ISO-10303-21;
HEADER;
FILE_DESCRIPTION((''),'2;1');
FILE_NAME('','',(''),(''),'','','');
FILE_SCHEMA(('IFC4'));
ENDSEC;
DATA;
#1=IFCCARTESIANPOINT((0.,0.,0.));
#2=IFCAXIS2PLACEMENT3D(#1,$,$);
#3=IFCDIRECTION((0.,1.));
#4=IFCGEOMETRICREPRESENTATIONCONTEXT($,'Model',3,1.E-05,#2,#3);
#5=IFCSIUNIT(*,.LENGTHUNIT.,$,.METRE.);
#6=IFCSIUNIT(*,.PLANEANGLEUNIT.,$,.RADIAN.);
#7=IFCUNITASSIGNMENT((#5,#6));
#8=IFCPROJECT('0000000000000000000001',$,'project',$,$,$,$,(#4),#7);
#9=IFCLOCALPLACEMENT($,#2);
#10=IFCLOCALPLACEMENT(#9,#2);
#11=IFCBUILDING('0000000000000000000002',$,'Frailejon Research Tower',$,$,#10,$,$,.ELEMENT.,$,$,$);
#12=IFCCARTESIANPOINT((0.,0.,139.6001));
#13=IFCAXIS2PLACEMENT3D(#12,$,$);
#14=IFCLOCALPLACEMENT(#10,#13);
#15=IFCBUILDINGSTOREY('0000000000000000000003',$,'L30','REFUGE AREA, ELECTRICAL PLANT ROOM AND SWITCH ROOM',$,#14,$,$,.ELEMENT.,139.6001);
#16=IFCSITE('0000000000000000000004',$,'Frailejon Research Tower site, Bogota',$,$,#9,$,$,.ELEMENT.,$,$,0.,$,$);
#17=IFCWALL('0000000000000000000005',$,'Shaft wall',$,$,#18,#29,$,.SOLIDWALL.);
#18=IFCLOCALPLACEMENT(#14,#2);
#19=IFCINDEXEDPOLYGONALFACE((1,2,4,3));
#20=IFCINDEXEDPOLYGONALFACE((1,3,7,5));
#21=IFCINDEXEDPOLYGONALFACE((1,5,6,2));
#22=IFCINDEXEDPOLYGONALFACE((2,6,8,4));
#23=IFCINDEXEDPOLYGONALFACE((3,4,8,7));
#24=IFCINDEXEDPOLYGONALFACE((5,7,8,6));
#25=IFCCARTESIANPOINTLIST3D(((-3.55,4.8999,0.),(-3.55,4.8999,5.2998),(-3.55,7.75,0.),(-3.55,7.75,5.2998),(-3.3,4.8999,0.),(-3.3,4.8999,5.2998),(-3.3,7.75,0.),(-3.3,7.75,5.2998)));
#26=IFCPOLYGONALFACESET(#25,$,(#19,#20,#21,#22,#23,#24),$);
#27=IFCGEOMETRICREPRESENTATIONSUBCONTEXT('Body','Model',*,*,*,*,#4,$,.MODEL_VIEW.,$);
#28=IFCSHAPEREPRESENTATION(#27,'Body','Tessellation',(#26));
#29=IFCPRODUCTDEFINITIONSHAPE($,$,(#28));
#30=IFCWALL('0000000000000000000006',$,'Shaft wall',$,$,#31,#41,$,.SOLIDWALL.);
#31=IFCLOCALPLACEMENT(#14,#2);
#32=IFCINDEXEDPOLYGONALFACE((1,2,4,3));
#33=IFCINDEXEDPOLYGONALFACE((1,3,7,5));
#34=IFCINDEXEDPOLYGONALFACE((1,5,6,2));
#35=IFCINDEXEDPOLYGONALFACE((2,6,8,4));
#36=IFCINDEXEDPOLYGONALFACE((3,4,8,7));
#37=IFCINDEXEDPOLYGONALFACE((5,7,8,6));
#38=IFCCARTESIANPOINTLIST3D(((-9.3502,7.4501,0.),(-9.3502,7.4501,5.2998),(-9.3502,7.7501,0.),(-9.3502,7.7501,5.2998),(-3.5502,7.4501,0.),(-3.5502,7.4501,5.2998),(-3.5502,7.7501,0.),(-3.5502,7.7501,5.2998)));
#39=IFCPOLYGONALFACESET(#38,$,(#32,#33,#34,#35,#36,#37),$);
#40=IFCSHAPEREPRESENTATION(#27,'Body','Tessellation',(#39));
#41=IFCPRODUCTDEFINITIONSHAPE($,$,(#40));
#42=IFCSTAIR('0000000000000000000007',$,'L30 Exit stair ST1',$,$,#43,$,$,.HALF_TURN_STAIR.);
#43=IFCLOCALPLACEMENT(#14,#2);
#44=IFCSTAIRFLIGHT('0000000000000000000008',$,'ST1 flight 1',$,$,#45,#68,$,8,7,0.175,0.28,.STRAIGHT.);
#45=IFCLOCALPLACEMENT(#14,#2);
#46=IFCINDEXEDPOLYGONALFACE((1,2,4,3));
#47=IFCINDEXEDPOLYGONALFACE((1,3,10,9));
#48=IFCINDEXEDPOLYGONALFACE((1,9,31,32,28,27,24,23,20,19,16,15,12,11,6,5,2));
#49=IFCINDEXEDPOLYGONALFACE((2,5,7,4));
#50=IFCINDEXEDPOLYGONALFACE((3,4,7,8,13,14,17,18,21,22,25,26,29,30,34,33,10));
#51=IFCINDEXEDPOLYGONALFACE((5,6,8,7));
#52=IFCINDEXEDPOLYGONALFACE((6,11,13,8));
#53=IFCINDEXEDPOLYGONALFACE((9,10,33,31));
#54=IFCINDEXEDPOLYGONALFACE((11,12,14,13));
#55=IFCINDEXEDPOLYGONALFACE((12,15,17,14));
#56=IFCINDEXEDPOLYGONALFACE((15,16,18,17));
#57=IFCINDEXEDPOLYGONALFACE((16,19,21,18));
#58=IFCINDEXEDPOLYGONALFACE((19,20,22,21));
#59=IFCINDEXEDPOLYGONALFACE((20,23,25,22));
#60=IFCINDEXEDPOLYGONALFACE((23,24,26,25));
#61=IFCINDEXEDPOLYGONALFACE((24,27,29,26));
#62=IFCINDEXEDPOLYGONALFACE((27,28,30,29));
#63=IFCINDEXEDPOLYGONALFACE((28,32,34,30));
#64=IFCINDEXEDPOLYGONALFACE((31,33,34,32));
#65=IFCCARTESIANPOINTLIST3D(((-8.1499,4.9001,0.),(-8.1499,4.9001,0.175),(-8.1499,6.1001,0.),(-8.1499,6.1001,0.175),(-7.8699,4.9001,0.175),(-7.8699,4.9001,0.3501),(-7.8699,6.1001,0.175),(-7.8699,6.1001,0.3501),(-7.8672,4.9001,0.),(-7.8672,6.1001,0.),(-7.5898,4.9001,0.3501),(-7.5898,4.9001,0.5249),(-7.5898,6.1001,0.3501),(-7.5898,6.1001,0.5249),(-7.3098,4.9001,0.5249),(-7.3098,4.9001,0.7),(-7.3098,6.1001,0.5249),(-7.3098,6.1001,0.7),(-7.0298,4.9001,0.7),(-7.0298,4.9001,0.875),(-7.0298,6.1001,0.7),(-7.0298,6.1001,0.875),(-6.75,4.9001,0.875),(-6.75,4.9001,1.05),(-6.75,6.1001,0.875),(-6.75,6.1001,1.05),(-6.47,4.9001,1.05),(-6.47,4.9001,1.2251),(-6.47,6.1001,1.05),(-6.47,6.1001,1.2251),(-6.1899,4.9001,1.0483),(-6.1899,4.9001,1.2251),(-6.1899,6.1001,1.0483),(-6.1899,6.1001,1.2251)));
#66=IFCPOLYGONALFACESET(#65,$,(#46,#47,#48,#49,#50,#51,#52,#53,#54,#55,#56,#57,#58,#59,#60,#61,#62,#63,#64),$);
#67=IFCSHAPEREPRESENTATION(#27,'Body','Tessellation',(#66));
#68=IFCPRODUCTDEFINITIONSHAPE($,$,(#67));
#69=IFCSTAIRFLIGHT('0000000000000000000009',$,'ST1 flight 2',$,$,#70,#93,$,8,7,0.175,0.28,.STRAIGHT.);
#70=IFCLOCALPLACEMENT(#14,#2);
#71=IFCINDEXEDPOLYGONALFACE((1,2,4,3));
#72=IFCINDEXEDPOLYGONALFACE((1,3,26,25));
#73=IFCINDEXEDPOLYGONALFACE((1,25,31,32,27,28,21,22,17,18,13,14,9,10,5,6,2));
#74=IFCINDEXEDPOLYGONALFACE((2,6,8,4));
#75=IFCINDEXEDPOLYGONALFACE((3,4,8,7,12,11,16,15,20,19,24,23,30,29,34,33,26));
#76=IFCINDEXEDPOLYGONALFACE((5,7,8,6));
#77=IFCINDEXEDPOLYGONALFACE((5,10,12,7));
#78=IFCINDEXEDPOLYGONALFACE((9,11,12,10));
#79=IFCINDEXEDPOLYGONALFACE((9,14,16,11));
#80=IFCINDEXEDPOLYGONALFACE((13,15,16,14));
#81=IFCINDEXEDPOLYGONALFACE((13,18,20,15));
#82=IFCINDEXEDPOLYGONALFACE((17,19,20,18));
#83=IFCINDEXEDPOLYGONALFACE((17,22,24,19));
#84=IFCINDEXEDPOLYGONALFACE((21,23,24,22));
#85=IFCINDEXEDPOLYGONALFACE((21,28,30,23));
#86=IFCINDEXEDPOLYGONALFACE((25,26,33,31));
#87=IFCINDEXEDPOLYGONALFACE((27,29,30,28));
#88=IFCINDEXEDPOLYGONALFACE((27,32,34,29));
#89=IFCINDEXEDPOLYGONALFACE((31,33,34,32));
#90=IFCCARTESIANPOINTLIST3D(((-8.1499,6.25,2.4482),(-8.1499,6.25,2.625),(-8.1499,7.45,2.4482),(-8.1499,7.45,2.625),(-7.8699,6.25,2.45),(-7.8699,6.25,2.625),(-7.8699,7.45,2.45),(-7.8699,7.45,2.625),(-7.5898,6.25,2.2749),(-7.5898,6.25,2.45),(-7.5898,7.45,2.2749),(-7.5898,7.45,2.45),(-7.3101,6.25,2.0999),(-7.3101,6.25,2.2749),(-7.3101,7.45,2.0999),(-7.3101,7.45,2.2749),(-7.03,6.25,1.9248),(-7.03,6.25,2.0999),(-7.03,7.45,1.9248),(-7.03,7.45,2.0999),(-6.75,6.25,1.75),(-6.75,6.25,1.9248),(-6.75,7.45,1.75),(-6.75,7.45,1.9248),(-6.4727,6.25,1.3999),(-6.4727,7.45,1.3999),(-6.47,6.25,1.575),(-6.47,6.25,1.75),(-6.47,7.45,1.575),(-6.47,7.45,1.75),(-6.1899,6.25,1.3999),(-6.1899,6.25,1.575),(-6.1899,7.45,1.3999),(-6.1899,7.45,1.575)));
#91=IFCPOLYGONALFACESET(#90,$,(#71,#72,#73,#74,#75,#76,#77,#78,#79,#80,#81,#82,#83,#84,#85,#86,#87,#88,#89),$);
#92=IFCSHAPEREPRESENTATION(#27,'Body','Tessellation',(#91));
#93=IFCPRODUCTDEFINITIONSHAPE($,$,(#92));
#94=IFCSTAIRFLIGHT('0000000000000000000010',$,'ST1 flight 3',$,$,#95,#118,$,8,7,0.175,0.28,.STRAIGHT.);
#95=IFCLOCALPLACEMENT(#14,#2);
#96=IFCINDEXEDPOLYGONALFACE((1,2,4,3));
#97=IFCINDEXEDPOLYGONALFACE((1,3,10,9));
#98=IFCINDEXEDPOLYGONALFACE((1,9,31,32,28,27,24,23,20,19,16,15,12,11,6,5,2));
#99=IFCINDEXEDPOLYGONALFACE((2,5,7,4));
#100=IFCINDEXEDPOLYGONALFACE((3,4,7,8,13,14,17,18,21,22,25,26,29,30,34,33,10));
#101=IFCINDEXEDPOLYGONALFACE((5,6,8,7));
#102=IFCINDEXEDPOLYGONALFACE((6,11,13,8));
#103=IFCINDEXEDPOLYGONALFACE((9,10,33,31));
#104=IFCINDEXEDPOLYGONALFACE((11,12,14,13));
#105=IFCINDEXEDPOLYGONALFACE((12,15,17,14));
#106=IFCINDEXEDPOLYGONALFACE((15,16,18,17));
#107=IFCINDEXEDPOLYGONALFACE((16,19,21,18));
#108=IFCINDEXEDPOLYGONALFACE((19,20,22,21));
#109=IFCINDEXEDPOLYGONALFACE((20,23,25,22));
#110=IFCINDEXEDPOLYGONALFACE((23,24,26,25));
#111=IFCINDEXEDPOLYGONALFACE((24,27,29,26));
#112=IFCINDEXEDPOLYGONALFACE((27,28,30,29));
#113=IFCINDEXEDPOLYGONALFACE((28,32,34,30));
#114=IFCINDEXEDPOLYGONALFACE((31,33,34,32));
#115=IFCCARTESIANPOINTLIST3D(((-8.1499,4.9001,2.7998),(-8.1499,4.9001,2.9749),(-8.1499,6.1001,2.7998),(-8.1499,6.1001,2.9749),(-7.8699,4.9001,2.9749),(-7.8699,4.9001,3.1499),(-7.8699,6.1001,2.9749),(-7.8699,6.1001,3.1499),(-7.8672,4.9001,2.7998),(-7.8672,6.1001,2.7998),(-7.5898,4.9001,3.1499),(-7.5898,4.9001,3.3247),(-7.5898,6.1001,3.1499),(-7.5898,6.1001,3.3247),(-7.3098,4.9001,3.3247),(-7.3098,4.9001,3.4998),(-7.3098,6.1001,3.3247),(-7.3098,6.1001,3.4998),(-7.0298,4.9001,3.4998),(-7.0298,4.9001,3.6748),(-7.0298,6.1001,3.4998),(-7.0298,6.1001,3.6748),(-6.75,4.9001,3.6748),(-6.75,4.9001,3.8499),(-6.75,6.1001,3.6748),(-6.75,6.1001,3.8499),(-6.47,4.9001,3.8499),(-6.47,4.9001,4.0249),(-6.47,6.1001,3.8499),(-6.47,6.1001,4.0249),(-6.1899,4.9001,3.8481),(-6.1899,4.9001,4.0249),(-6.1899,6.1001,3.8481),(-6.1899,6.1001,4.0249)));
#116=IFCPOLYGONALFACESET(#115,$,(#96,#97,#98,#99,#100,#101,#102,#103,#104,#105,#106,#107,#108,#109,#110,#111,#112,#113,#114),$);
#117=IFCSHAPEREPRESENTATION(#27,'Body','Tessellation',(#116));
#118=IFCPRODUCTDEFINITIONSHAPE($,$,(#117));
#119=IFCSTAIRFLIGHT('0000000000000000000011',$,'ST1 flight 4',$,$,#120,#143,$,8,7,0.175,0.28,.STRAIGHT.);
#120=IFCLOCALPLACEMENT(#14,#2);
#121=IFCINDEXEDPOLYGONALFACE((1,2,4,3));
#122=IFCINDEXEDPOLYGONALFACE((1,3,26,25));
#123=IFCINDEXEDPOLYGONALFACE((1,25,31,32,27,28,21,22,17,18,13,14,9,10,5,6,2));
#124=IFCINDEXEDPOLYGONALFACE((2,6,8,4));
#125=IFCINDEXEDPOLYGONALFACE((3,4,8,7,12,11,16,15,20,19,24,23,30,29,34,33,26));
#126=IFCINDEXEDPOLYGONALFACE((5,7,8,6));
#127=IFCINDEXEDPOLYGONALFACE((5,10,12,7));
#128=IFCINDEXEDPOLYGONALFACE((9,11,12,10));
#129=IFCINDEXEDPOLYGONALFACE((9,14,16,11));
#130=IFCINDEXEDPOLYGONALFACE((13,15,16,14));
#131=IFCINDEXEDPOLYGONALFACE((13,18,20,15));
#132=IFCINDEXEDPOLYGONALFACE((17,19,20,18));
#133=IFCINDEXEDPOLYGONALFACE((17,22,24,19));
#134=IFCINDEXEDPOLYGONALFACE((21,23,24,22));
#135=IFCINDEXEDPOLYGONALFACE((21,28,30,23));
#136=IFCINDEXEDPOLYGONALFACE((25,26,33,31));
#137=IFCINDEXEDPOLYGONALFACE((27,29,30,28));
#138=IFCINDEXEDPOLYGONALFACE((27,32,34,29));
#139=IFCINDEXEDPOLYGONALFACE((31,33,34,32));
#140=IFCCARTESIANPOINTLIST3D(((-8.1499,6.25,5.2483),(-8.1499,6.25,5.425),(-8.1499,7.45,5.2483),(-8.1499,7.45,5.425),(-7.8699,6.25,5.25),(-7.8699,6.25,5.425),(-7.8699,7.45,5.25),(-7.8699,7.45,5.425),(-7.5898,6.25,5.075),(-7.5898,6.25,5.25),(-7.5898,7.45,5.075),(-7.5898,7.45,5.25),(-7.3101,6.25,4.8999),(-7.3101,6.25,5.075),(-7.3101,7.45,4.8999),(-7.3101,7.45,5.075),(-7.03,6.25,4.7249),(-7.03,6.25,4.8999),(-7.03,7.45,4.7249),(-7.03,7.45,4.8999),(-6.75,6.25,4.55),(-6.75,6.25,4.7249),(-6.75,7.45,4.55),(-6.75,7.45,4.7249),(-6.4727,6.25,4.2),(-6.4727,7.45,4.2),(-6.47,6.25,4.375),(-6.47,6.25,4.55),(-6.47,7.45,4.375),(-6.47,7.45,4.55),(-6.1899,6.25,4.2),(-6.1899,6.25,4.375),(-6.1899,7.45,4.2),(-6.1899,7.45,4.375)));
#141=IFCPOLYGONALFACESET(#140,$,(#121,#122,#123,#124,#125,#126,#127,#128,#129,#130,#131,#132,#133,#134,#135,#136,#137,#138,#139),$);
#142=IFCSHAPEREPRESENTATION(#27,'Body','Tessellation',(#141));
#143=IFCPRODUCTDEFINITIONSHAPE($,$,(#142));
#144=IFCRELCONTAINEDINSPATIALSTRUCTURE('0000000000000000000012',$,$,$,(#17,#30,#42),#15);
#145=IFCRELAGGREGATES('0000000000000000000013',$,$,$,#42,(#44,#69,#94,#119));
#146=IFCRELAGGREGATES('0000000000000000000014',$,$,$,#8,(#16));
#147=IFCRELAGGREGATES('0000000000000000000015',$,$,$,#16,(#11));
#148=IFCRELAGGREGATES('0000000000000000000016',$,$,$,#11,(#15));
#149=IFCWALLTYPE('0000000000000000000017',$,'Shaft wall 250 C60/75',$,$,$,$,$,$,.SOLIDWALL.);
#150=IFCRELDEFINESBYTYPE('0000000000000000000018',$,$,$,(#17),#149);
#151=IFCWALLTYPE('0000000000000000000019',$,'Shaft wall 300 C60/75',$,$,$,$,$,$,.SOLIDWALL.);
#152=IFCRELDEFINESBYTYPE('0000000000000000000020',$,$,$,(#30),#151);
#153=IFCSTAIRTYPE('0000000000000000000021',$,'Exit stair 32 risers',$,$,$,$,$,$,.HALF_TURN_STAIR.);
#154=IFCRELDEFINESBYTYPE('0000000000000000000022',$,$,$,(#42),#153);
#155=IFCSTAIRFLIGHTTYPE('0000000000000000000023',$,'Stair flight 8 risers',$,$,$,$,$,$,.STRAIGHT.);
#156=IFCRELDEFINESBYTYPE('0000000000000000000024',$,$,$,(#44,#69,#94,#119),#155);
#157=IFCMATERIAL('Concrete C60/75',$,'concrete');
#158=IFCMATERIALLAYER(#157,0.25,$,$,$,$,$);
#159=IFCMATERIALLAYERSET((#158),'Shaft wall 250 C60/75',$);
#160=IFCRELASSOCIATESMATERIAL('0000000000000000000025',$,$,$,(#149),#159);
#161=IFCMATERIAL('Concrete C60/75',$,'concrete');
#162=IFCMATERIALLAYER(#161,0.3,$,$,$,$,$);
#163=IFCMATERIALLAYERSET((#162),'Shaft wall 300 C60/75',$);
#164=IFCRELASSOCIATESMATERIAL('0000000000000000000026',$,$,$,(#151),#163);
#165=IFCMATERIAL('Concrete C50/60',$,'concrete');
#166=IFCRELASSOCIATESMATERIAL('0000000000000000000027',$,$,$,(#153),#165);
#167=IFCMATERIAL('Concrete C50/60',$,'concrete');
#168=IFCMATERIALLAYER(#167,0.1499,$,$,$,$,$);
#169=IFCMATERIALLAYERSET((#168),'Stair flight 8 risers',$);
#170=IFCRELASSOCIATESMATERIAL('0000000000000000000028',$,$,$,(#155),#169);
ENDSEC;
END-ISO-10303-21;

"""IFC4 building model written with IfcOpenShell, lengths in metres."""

from ifc_helpers import new_model, si_unit, direction, frame, frame_2d, origin, place, context, subcontext, project, spatial, polyline, rectangle, outline, extrude, material, layer, layer_set, type_object, element, aggregate, save


model = new_model("IFC4")

# Units and contexts
model_context = context("Model", 3, precision=1e-05, world=origin(), true_north=direction((0.0, 1.0)))
body_context = subcontext(model_context, "Body", "Model", "MODEL_VIEW")
ifc_project = project(units=[si_unit("LENGTHUNIT", "METRE"), si_unit("PLANEANGLEUNIT", "RADIAN")], contexts=[model_context])

# Site, building, storey
site_placement = place(None, origin())
site = spatial("IfcSite", under=ifc_project, at=site_placement, Name="Frailejon Research Tower site, Bogota", CompositionType="ELEMENT", RefElevation=0.0)
building_placement = place(site_placement, origin())
building = spatial("IfcBuilding", under=site, at=building_placement, Name="Frailejon Research Tower", CompositionType="ELEMENT")
storey_placement = place(building_placement, frame((0.0, 0.0, 139.6001)))
storey = spatial("IfcBuildingStorey", under=building, at=storey_placement, Name="L30", Description="REFUGE AREA, ELECTRICAL PLANT ROOM AND SWITCH ROOM", CompositionType="ELEMENT", Elevation=139.6001)

# Shared definitions
ifc_material_1 = material(Name="Concrete C60/75", Category="concrete")
ifc_layer_1 = layer(ifc_material_1, 0.25)
ifc_layer_set_1 = layer_set([ifc_layer_1], Name="Shaft wall 250 C60/75")
wall_type_1 = type_object("IfcWallType", Name="Shaft wall 250 C60/75", PredefinedType="SOLIDWALL", material=ifc_layer_set_1)

# Walls
wall_1_placement = place(storey_placement, frame((-3.425, 4.8999, 0.0), z_axis=(0.0, 0.0, 1.0), x_axis=(0.0, 1.0, 0.0)))
element("IfcWall", 1, at=wall_1_placement, inside=storey, type_object=wall_type_1, Name="Shaft wall", PredefinedType="SOLIDWALL", context=body_context, shape_type="SweptSolid", body=[
    extrude(rectangle(XDim=2.8501, YDim=0.25, at=frame_2d((1.425, 0.0))), origin(), (0.0, 0.0, 1.0), 5.2998),
])
ifc_material_2 = material(Name="Concrete C60/75", Category="concrete")
ifc_layer_2 = layer(ifc_material_2, 0.3)
ifc_layer_set_2 = layer_set([ifc_layer_2], Name="Shaft wall 300 C60/75")
wall_type_2 = type_object("IfcWallType", Name="Shaft wall 300 C60/75", PredefinedType="SOLIDWALL", material=ifc_layer_set_2)
wall_2_placement = place(storey_placement, frame((-9.3501, 7.6001, 0.0), z_axis=(0.0, 0.0, 1.0), x_axis=(1.0, 0.0, 0.0)))
element("IfcWall", 2, at=wall_2_placement, inside=storey, type_object=wall_type_2, Name="Shaft wall", PredefinedType="SOLIDWALL", context=body_context, shape_type="SweptSolid", body=[
    extrude(rectangle(XDim=5.8, YDim=0.3, at=frame_2d((2.8999, 0.0))), origin(), (0.0, 0.0, 1.0), 5.2998),
])

# Stair, stair flights
ifc_material_3 = material(Name="Concrete C50/60", Category="concrete")
stair_type = type_object("IfcStairType", Name="Exit stair 32 risers", PredefinedType="HALF_TURN_STAIR", material=ifc_material_3)
stair_placement = place(storey_placement, origin())
stair = element("IfcStair", 3, at=stair_placement, inside=storey, type_object=stair_type, Name="L30 Exit stair ST1", PredefinedType="HALF_TURN_STAIR")
ifc_material_4 = material(Name="Concrete C50/60", Category="concrete")
ifc_layer_3 = layer(ifc_material_4, 0.1499)
ifc_layer_set_3 = layer_set([ifc_layer_3], Name="Stair flight 8 risers")
stair_flight_type = type_object("IfcStairFlightType", Name="Stair flight 8 risers", PredefinedType="STRAIGHT", material=ifc_layer_set_3)
stair_flight_1_placement = place(storey_placement, frame((-8.1499, 5.5, 0.0), z_axis=(0.0, 0.0, 1.0), x_axis=(1.0, 0.0, 0.0)))
stair_flight_1 = element("IfcStairFlight", 4, at=stair_flight_1_placement, type_object=stair_flight_type, Name="ST1 flight 1", NumberOfRisers=8, NumberOfTreads=7, PredefinedType="STRAIGHT", RiserHeight=0.175, TreadLength=0.28, context=body_context, shape_type="SweptSolid", body=[
    extrude(outline(polyline([(0.0, 0.0), (0.0, 0.175), (0.28, 0.175), (0.28, 0.3501), (0.5601, 0.3501), (0.5601, 0.5249), (0.8401, 0.5249), (0.8401, 0.7), (1.1201, 0.7), (1.1201, 0.875), (1.3999, 0.875), (1.3999, 1.05), (1.6799, 1.05), (1.6799, 1.2251), (1.96, 1.2251), (1.96, 1.3999), (1.96, 1.0483), (0.2827, 0.0), (0.0, 0.0)])), frame((0.0, 0.6001, 0.0), z_axis=(0.0, -1.0, 0.0), x_axis=(1.0, 0.0, 0.0)), (0.0, 0.0, 1.0), 1.2),
])
stair_flight_2_placement = place(storey_placement, frame((-6.1899, 6.8501, 1.3999), z_axis=(0.0, 0.0, 1.0), x_axis=(-1.0, 0.0, 0.0)))
stair_flight_2 = element("IfcStairFlight", 5, at=stair_flight_2_placement, type_object=stair_flight_type, Name="ST1 flight 2", NumberOfRisers=8, NumberOfTreads=7, PredefinedType="STRAIGHT", RiserHeight=0.175, TreadLength=0.28, context=body_context, shape_type="SweptSolid", body=[
    extrude(outline(polyline([(0.0, 0.0), (0.0, 0.175), (0.28, 0.175), (0.28, 0.3501), (0.5601, 0.3501), (0.5601, 0.5249), (0.8401, 0.5249), (0.8401, 0.7), (1.1201, 0.7), (1.1201, 0.875), (1.3999, 0.875), (1.3999, 1.05), (1.6799, 1.05), (1.6799, 1.2251), (1.96, 1.2251), (1.96, 1.3999), (1.96, 1.0483), (0.2827, 0.0), (0.0, 0.0)])), frame((0.0, 0.6001, 0.0), z_axis=(0.0, -1.0, 0.0), x_axis=(1.0, 0.0, 0.0)), (0.0, 0.0, 1.0), 1.2),
])
stair_flight_3_placement = place(storey_placement, frame((-8.1499, 5.5, 2.7998), z_axis=(0.0, 0.0, 1.0), x_axis=(1.0, 0.0, 0.0)))
stair_flight_3 = element("IfcStairFlight", 6, at=stair_flight_3_placement, type_object=stair_flight_type, Name="ST1 flight 3", NumberOfRisers=8, NumberOfTreads=7, PredefinedType="STRAIGHT", RiserHeight=0.175, TreadLength=0.28, context=body_context, shape_type="SweptSolid", body=[
    extrude(outline(polyline([(0.0, 0.0), (0.0, 0.175), (0.28, 0.175), (0.28, 0.3501), (0.5601, 0.3501), (0.5601, 0.5249), (0.8401, 0.5249), (0.8401, 0.7), (1.1201, 0.7), (1.1201, 0.875), (1.3999, 0.875), (1.3999, 1.05), (1.6799, 1.05), (1.6799, 1.2251), (1.96, 1.2251), (1.96, 1.3999), (1.96, 1.0483), (0.2827, 0.0), (0.0, 0.0)])), frame((0.0, 0.6001, 0.0), z_axis=(0.0, -1.0, 0.0), x_axis=(1.0, 0.0, 0.0)), (0.0, 0.0, 1.0), 1.2),
])
stair_flight_4_placement = place(storey_placement, frame((-6.1899, 6.8501, 4.2), z_axis=(0.0, 0.0, 1.0), x_axis=(-1.0, 0.0, 0.0)))
stair_flight_4 = element("IfcStairFlight", 7, at=stair_flight_4_placement, type_object=stair_flight_type, Name="ST1 flight 4", NumberOfRisers=8, NumberOfTreads=7, PredefinedType="STRAIGHT", RiserHeight=0.175, TreadLength=0.28, context=body_context, shape_type="SweptSolid", body=[
    extrude(outline(polyline([(0.0, 0.0), (0.0, 0.175), (0.28, 0.175), (0.28, 0.3501), (0.5601, 0.3501), (0.5601, 0.5249), (0.8401, 0.5249), (0.8401, 0.7), (1.1201, 0.7), (1.1201, 0.875), (1.3999, 0.875), (1.3999, 1.05), (1.6799, 1.05), (1.6799, 1.2251), (1.96, 1.2251), (1.96, 1.3999), (1.96, 1.0483), (0.2827, 0.0), (0.0, 0.0)])), frame((0.0, 0.6001, 0.0), z_axis=(0.0, -1.0, 0.0), x_axis=(1.0, 0.0, 0.0)), (0.0, 0.0, 1.0), 1.2),
])
aggregate(stair, [stair_flight_1, stair_flight_2, stair_flight_3, stair_flight_4])

save(model, "model.ifc")
